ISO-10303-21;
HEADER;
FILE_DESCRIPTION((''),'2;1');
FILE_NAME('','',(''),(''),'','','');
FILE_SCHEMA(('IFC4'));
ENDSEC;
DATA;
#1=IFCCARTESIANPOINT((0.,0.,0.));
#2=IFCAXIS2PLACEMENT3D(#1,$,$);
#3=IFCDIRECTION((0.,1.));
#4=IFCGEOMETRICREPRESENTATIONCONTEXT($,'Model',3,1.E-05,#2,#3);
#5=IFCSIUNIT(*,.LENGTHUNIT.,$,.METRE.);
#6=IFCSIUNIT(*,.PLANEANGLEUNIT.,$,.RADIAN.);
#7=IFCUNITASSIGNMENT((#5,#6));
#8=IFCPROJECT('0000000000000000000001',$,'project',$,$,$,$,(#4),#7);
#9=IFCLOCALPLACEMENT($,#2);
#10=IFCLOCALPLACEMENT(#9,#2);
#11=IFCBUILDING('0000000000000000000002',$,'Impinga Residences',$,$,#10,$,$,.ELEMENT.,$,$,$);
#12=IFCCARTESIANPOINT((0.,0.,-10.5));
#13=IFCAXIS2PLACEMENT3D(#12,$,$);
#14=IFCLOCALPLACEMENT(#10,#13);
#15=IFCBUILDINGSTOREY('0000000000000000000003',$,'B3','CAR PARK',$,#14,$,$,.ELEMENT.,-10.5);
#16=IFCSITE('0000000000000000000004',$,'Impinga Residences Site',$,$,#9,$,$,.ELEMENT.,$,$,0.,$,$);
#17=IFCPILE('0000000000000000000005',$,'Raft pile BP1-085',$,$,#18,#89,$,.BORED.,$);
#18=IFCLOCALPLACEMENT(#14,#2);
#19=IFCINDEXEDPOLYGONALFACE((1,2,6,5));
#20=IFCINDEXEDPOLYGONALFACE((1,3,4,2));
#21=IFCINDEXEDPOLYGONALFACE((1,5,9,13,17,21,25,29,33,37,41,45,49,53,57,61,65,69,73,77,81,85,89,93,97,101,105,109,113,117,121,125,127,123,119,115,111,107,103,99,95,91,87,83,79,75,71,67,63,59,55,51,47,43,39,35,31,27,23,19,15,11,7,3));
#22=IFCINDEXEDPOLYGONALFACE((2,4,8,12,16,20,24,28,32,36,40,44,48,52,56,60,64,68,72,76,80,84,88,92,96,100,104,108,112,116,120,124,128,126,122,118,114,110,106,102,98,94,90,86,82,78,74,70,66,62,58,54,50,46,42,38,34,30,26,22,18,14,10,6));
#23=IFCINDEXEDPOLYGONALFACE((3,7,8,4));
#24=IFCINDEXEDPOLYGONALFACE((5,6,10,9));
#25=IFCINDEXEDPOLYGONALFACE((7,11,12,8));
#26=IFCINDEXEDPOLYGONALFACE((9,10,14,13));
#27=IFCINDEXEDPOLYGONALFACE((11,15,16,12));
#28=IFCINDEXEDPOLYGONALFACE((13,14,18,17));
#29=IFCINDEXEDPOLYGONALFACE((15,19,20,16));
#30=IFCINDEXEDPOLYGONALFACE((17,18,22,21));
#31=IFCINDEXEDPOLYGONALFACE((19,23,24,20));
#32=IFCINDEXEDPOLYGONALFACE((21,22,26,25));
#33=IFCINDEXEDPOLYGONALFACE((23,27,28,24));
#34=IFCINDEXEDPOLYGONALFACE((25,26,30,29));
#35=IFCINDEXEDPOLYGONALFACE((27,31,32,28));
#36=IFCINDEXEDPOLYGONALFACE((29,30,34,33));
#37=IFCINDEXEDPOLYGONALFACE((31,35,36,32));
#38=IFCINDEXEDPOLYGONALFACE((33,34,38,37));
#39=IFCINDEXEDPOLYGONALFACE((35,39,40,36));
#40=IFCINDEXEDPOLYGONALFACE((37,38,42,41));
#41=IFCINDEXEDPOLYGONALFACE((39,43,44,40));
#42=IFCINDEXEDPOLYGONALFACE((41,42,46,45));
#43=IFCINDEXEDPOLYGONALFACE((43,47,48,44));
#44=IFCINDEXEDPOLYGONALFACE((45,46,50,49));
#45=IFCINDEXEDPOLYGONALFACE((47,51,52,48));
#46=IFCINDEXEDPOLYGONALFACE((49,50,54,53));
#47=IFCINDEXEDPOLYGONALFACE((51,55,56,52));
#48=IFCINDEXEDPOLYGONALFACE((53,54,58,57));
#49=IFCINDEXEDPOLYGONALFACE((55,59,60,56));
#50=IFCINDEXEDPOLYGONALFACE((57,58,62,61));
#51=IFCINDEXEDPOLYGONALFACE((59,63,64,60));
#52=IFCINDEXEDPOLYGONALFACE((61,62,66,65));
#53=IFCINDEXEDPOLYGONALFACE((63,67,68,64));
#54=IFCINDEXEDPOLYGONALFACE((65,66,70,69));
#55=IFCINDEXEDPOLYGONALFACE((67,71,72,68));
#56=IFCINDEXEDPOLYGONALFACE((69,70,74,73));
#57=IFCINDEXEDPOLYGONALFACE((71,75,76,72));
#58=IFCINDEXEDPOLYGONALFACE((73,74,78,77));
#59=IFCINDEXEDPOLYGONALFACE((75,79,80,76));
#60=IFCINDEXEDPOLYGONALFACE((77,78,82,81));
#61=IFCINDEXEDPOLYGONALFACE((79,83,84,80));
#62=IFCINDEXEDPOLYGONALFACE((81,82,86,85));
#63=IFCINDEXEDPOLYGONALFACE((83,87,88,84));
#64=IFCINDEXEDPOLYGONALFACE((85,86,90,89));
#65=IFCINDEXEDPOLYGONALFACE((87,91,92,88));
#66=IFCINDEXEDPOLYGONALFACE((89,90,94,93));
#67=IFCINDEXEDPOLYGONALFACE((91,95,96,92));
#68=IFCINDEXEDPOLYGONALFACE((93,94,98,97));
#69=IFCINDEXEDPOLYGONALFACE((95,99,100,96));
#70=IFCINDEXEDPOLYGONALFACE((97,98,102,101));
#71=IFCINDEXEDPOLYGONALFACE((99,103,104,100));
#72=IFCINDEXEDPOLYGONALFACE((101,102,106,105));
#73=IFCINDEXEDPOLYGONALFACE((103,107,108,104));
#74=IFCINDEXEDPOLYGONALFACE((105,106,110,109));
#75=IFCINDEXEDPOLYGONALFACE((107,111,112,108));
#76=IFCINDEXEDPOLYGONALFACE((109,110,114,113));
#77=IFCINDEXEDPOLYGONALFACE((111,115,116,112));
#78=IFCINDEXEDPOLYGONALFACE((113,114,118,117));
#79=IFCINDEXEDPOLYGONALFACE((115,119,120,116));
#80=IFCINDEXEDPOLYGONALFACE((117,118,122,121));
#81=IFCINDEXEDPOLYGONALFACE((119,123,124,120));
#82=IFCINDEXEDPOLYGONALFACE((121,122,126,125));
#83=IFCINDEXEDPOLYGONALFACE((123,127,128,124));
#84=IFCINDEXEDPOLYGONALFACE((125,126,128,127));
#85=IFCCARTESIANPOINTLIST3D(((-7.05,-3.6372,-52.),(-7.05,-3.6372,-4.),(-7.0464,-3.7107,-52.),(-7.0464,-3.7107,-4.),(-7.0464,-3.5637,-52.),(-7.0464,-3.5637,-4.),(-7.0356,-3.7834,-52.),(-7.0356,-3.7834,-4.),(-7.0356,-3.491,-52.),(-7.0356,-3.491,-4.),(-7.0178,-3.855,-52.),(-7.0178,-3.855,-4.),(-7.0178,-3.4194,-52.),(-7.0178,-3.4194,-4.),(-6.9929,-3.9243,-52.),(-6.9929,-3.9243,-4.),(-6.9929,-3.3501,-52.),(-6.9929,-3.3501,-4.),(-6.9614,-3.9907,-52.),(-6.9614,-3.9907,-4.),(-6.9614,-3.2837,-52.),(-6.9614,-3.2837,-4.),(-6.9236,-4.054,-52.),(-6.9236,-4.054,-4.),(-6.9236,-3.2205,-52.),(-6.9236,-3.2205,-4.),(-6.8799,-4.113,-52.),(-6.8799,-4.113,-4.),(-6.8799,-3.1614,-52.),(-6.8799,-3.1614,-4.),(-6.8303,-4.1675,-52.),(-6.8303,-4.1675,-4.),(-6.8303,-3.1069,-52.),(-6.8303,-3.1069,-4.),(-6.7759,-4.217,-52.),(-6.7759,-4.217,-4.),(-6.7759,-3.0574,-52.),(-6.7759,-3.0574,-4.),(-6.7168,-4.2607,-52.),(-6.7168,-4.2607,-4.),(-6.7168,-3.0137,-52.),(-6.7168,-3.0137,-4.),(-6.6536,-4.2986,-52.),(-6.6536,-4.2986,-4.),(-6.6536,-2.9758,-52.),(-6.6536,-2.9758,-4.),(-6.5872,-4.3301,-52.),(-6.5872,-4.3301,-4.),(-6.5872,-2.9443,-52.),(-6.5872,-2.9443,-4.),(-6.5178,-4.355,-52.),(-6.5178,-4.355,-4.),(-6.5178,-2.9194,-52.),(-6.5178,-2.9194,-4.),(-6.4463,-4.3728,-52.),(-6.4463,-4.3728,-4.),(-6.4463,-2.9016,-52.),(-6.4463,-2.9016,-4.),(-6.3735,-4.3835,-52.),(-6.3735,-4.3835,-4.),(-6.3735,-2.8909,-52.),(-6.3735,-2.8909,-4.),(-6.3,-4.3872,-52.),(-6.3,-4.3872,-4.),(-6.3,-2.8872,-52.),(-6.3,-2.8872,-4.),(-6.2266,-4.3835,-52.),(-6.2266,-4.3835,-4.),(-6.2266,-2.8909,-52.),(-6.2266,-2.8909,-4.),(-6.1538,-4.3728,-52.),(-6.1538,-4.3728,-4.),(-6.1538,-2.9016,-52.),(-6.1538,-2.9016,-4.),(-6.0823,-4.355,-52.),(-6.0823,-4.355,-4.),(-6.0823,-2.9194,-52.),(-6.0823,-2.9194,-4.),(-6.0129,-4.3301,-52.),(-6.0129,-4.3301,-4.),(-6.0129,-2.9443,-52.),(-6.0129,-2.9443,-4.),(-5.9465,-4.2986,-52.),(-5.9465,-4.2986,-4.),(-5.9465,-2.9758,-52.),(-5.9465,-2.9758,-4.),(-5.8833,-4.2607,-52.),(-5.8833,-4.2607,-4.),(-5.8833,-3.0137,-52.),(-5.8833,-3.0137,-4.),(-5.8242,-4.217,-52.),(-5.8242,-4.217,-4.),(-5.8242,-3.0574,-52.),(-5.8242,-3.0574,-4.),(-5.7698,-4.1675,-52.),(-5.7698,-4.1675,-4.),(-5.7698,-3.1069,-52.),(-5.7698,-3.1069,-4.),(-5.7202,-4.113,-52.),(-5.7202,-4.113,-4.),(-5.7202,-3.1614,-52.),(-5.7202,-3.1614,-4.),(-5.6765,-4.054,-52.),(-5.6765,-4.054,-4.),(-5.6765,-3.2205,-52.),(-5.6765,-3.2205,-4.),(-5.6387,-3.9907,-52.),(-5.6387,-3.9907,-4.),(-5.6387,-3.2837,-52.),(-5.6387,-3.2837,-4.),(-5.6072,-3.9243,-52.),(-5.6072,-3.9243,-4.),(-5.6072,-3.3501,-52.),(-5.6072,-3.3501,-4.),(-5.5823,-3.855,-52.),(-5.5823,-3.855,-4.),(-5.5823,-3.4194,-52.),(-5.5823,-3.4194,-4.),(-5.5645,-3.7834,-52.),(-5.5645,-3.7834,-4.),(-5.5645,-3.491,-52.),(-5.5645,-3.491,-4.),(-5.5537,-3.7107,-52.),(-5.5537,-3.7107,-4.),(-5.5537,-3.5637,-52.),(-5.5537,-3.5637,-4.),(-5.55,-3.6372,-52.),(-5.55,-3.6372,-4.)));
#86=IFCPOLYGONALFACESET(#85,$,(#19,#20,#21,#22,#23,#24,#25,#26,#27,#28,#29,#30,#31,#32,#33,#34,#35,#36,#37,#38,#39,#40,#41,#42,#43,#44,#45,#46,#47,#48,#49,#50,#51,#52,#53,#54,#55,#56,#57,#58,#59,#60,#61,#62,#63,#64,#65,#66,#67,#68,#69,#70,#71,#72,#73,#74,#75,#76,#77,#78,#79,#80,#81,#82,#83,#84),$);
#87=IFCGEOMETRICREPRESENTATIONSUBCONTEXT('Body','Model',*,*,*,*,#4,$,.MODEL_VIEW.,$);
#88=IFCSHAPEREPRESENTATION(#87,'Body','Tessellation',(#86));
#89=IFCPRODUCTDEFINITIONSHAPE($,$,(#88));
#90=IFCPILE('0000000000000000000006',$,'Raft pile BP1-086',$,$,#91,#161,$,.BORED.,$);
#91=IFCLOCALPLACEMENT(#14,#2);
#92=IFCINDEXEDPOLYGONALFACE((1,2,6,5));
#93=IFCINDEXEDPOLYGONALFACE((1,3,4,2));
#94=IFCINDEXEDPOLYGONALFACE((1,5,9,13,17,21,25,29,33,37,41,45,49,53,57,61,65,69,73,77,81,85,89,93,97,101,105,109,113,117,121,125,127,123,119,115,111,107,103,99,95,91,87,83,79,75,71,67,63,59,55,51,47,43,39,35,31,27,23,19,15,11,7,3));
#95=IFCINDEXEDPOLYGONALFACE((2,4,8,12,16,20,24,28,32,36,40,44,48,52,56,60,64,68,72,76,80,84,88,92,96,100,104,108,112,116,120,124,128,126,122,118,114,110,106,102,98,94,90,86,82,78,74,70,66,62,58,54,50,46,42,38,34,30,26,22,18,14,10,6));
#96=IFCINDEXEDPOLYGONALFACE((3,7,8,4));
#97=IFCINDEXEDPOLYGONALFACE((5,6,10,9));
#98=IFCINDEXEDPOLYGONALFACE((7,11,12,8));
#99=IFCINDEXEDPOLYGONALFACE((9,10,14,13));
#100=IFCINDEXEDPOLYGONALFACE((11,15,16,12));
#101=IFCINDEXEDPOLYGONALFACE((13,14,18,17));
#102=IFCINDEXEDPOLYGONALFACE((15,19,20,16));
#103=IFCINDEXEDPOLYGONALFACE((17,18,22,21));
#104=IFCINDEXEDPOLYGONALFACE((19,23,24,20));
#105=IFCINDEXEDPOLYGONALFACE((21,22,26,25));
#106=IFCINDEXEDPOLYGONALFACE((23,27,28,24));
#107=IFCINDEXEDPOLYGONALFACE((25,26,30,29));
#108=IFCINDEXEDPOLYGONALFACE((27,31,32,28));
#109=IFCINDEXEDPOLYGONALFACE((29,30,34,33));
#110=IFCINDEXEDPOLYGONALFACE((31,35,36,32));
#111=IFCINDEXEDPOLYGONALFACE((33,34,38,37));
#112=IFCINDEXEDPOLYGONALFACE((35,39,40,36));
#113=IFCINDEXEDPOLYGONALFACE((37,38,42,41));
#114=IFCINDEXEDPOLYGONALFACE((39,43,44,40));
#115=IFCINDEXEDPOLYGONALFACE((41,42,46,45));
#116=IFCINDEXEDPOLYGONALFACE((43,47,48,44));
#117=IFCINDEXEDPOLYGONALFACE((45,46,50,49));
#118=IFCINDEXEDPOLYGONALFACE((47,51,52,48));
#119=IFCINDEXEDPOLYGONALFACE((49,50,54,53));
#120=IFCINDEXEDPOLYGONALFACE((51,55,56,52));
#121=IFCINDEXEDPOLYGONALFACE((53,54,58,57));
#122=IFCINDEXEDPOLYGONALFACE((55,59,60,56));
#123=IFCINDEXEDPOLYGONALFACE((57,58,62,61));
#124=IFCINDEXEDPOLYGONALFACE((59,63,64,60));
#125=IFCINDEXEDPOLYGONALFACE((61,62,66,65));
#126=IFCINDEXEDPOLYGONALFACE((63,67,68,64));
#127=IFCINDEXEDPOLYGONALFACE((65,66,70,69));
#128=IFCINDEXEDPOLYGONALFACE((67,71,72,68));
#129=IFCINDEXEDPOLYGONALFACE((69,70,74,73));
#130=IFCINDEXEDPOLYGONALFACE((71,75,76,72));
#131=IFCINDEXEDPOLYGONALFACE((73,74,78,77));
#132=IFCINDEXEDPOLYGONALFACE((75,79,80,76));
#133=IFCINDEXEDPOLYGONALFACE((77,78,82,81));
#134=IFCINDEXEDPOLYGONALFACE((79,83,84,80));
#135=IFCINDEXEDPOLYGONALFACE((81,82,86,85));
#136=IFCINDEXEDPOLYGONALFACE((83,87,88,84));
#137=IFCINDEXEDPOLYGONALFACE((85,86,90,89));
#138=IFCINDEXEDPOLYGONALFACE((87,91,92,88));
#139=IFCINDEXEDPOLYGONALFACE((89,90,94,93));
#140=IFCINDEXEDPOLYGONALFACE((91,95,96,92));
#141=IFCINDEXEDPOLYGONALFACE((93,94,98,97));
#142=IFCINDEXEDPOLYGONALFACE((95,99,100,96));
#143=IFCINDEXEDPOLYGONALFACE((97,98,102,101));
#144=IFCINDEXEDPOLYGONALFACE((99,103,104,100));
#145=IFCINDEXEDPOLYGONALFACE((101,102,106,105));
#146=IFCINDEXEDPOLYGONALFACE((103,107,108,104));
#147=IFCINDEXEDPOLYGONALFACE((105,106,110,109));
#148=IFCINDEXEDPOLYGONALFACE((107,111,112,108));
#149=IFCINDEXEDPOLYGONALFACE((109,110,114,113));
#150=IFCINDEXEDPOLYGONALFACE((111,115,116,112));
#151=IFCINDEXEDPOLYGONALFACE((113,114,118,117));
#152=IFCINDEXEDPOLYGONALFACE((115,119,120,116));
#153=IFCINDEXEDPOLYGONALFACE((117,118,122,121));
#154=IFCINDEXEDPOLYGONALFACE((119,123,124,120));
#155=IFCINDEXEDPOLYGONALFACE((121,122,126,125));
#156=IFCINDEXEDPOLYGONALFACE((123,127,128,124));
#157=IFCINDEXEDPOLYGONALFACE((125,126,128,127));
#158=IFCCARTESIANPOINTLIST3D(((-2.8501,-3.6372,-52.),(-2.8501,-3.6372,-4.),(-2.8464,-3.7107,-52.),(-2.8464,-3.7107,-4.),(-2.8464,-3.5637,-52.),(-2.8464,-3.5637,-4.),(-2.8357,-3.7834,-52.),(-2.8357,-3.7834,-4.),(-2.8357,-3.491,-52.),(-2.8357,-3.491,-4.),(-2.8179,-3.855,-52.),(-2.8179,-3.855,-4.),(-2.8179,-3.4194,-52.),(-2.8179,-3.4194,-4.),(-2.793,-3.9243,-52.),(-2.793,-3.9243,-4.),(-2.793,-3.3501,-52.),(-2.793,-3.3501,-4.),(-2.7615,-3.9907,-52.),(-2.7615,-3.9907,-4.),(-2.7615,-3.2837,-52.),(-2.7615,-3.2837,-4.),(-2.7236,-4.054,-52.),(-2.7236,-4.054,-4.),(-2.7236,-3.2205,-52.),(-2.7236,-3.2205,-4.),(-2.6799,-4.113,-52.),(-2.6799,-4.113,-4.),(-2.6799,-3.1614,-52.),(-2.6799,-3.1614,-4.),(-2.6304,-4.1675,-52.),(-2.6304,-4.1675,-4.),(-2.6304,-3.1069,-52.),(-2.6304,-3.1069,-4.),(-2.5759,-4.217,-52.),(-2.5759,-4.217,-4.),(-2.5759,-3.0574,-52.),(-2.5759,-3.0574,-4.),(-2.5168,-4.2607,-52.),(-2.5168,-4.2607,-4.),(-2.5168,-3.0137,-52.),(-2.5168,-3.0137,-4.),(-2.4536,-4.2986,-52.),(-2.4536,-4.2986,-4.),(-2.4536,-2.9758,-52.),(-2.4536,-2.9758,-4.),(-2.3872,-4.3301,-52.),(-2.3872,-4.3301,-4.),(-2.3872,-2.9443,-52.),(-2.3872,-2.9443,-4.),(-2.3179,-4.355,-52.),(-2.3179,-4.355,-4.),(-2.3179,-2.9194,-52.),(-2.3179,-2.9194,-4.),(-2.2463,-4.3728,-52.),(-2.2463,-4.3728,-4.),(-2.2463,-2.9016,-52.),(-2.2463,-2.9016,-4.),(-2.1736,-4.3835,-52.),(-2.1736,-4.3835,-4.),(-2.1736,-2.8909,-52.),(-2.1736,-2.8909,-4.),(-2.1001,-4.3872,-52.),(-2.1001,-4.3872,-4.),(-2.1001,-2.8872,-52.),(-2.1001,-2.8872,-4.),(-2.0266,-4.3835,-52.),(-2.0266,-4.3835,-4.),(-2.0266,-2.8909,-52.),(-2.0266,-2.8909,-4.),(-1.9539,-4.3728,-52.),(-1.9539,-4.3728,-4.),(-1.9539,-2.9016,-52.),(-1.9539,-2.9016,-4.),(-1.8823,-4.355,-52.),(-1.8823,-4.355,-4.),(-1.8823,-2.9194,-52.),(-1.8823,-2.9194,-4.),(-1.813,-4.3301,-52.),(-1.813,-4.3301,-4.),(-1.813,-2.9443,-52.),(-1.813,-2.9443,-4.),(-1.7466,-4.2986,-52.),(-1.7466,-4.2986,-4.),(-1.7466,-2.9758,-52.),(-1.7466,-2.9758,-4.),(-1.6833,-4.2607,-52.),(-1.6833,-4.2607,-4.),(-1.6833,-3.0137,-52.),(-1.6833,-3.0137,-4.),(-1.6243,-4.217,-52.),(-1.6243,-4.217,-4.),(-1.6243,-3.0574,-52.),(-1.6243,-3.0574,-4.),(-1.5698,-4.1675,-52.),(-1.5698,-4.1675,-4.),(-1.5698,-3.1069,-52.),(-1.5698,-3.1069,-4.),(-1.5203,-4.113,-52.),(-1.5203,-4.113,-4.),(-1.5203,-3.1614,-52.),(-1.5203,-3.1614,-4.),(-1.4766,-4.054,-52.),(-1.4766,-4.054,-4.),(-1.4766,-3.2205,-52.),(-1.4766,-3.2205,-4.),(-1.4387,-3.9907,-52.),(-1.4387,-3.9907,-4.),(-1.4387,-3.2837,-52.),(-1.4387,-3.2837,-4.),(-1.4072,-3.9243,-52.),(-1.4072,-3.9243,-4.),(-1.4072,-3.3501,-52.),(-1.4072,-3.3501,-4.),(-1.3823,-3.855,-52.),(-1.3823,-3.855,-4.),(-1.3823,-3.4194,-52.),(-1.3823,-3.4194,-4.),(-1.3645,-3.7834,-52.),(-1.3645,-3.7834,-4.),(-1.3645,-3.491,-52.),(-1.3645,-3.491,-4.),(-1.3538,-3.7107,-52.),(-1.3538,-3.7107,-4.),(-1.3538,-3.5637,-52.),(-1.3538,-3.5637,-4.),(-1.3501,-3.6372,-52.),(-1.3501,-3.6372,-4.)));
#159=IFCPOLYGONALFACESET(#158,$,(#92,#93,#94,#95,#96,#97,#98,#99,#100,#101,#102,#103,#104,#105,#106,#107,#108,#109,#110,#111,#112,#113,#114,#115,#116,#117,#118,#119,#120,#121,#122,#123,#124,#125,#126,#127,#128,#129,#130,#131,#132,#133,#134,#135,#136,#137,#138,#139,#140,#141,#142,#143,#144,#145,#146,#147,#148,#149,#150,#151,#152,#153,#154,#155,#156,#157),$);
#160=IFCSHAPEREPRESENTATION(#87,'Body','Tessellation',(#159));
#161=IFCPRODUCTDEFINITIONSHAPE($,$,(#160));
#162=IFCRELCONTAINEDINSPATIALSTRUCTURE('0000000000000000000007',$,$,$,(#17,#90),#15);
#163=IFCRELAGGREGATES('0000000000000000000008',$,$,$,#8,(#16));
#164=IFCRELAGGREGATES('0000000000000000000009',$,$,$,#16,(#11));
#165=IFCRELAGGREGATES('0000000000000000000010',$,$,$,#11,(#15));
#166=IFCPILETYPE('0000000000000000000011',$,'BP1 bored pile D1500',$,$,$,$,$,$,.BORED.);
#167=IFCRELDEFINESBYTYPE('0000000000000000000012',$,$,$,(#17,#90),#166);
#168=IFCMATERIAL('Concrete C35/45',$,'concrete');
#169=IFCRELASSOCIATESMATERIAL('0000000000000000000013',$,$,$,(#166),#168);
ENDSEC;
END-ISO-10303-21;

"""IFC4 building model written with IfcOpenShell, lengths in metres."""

from ifc_helpers import new_model, si_unit, direction, frame, origin, origin_2d, place, context, subcontext, project, spatial, polyline, circle, outline, extrude, material, material_profile, profile_set, type_object, element, save


model = new_model("IFC4")

# Units and contexts
model_context = context("Model", 3, precision=1e-05, world=origin(), true_north=direction((0.0, 1.0)))
body_context = subcontext(model_context, "Body", "Model", "MODEL_VIEW")
ifc_project = project(units=[si_unit("LENGTHUNIT", "METRE"), si_unit("PLANEANGLEUNIT", "RADIAN")], contexts=[model_context])

# Site, building, storey
site_placement = place(None, origin())
site = spatial("IfcSite", under=ifc_project, at=site_placement, Name="Impinga Residences Site", CompositionType="ELEMENT", RefElevation=0.0)
building_placement = place(site_placement, origin())
building = spatial("IfcBuilding", under=site, at=building_placement, Name="Impinga Residences", CompositionType="ELEMENT")
storey_placement = place(building_placement, frame((0.0, 0.0, -10.5)))
storey = spatial("IfcBuildingStorey", under=building, at=storey_placement, Name="B3", Description="CAR PARK", CompositionType="ELEMENT", Elevation=-10.5)

# Piles
ifc_material_1 = material(Name="Concrete C35/45", Category="concrete")
ifc_material_profile = material_profile(ifc_material_1, circle(Radius=0.75, at=origin_2d()), Name="D1500")
ifc_profile_set = profile_set([ifc_material_profile], Name="Concrete C35/45")
pile_type = type_object("IfcPileType", Name="BP1 bored pile D1500", PredefinedType="BORED", material=ifc_profile_set)
pile_1_placement = place(storey_placement, frame((-6.3, -3.6372, -4.0), z_axis=(0.0, 0.0, -1.0), x_axis=(1.0, 0.0, 0.0)))
element("IfcPile", 1, at=pile_1_placement, inside=storey, type_object=pile_type, Name="Raft pile BP1-085", PredefinedType="BORED", context=body_context, shape_type="SweptSolid", body=[
    extrude(outline(polyline([(0.75, 0.0), (0.7463, 0.0735), (0.7356, 0.1462), (0.7178, 0.2178), (0.6929, 0.2871), (0.6614, 0.3535), (0.6235, 0.4167), (0.5798, 0.4758), (0.5303, 0.5303), (0.4758, 0.5798), (0.4167, 0.6235), (0.3535, 0.6614), (0.2871, 0.6929), (0.2178, 0.7178), (0.1462, 0.7356), (0.0735, 0.7463), (0.0, 0.75), (-0.0735, 0.7463), (-0.1462, 0.7356), (-0.2178, 0.7178), (-0.2871, 0.6929), (-0.3535, 0.6614), (-0.4167, 0.6235), (-0.4758, 0.5798), (-0.5303, 0.5303), (-0.5798, 0.4758), (-0.6235, 0.4167), (-0.6614, 0.3535), (-0.6929, 0.2871), (-0.7178, 0.2178), (-0.7356, 0.1462), (-0.7463, 0.0735), (-0.75, 0.0), (-0.7463, -0.0735), (-0.7356, -0.1462), (-0.7178, -0.2178), (-0.6929, -0.2871), (-0.6614, -0.3535), (-0.6235, -0.4167), (-0.5798, -0.4758), (-0.5303, -0.5303), (-0.4758, -0.5798), (-0.4167, -0.6235), (-0.3535, -0.6614), (-0.2871, -0.6929), (-0.2178, -0.7178), (-0.1462, -0.7356), (-0.0735, -0.7463), (0.0, -0.75), (0.0735, -0.7463), (0.1462, -0.7356), (0.2178, -0.7178), (0.2871, -0.6929), (0.3535, -0.6614), (0.4167, -0.6235), (0.4758, -0.5798), (0.5303, -0.5303), (0.5798, -0.4758), (0.6235, -0.4167), (0.6614, -0.3535), (0.6929, -0.2871), (0.7178, -0.2178), (0.7356, -0.1462), (0.7463, -0.0735), (0.75, 0.0)])), origin(), (0.0, 0.0, 1.0), 48.0),
])
pile_2_placement = place(storey_placement, frame((-2.1001, -3.6372, -4.0), z_axis=(0.0, 0.0, -1.0), x_axis=(1.0, 0.0, 0.0)))
element("IfcPile", 2, at=pile_2_placement, inside=storey, type_object=pile_type, Name="Raft pile BP1-086", PredefinedType="BORED", context=body_context, shape_type="SweptSolid", body=[
    extrude(outline(polyline([(0.75, 0.0), (0.7463, 0.0735), (0.7356, 0.1462), (0.7178, 0.2178), (0.6929, 0.2871), (0.6614, 0.3535), (0.6235, 0.4167), (0.5798, 0.4758), (0.5303, 0.5303), (0.4758, 0.5798), (0.4167, 0.6235), (0.3535, 0.6614), (0.2871, 0.6929), (0.2178, 0.7178), (0.1462, 0.7356), (0.0735, 0.7463), (0.0, 0.75), (-0.0735, 0.7463), (-0.1462, 0.7356), (-0.2178, 0.7178), (-0.2871, 0.6929), (-0.3535, 0.6614), (-0.4167, 0.6235), (-0.4758, 0.5798), (-0.5303, 0.5303), (-0.5798, 0.4758), (-0.6235, 0.4167), (-0.6614, 0.3535), (-0.6929, 0.2871), (-0.7178, 0.2178), (-0.7356, 0.1462), (-0.7463, 0.0735), (-0.75, 0.0), (-0.7463, -0.0735), (-0.7356, -0.1462), (-0.7178, -0.2178), (-0.6929, -0.2871), (-0.6614, -0.3535), (-0.6235, -0.4167), (-0.5798, -0.4758), (-0.5303, -0.5303), (-0.4758, -0.5798), (-0.4167, -0.6235), (-0.3535, -0.6614), (-0.2871, -0.6929), (-0.2178, -0.7178), (-0.1462, -0.7356), (-0.0735, -0.7463), (0.0, -0.75), (0.0735, -0.7463), (0.1462, -0.7356), (0.2178, -0.7178), (0.2871, -0.6929), (0.3535, -0.6614), (0.4167, -0.6235), (0.4758, -0.5798), (0.5303, -0.5303), (0.5798, -0.4758), (0.6235, -0.4167), (0.6614, -0.3535), (0.6929, -0.2871), (0.7178, -0.2178), (0.7356, -0.1462), (0.7463, -0.0735), (0.75, 0.0)])), origin(), (0.0, 0.0, 1.0), 48.0),
])

save(model, "model.ifc")
